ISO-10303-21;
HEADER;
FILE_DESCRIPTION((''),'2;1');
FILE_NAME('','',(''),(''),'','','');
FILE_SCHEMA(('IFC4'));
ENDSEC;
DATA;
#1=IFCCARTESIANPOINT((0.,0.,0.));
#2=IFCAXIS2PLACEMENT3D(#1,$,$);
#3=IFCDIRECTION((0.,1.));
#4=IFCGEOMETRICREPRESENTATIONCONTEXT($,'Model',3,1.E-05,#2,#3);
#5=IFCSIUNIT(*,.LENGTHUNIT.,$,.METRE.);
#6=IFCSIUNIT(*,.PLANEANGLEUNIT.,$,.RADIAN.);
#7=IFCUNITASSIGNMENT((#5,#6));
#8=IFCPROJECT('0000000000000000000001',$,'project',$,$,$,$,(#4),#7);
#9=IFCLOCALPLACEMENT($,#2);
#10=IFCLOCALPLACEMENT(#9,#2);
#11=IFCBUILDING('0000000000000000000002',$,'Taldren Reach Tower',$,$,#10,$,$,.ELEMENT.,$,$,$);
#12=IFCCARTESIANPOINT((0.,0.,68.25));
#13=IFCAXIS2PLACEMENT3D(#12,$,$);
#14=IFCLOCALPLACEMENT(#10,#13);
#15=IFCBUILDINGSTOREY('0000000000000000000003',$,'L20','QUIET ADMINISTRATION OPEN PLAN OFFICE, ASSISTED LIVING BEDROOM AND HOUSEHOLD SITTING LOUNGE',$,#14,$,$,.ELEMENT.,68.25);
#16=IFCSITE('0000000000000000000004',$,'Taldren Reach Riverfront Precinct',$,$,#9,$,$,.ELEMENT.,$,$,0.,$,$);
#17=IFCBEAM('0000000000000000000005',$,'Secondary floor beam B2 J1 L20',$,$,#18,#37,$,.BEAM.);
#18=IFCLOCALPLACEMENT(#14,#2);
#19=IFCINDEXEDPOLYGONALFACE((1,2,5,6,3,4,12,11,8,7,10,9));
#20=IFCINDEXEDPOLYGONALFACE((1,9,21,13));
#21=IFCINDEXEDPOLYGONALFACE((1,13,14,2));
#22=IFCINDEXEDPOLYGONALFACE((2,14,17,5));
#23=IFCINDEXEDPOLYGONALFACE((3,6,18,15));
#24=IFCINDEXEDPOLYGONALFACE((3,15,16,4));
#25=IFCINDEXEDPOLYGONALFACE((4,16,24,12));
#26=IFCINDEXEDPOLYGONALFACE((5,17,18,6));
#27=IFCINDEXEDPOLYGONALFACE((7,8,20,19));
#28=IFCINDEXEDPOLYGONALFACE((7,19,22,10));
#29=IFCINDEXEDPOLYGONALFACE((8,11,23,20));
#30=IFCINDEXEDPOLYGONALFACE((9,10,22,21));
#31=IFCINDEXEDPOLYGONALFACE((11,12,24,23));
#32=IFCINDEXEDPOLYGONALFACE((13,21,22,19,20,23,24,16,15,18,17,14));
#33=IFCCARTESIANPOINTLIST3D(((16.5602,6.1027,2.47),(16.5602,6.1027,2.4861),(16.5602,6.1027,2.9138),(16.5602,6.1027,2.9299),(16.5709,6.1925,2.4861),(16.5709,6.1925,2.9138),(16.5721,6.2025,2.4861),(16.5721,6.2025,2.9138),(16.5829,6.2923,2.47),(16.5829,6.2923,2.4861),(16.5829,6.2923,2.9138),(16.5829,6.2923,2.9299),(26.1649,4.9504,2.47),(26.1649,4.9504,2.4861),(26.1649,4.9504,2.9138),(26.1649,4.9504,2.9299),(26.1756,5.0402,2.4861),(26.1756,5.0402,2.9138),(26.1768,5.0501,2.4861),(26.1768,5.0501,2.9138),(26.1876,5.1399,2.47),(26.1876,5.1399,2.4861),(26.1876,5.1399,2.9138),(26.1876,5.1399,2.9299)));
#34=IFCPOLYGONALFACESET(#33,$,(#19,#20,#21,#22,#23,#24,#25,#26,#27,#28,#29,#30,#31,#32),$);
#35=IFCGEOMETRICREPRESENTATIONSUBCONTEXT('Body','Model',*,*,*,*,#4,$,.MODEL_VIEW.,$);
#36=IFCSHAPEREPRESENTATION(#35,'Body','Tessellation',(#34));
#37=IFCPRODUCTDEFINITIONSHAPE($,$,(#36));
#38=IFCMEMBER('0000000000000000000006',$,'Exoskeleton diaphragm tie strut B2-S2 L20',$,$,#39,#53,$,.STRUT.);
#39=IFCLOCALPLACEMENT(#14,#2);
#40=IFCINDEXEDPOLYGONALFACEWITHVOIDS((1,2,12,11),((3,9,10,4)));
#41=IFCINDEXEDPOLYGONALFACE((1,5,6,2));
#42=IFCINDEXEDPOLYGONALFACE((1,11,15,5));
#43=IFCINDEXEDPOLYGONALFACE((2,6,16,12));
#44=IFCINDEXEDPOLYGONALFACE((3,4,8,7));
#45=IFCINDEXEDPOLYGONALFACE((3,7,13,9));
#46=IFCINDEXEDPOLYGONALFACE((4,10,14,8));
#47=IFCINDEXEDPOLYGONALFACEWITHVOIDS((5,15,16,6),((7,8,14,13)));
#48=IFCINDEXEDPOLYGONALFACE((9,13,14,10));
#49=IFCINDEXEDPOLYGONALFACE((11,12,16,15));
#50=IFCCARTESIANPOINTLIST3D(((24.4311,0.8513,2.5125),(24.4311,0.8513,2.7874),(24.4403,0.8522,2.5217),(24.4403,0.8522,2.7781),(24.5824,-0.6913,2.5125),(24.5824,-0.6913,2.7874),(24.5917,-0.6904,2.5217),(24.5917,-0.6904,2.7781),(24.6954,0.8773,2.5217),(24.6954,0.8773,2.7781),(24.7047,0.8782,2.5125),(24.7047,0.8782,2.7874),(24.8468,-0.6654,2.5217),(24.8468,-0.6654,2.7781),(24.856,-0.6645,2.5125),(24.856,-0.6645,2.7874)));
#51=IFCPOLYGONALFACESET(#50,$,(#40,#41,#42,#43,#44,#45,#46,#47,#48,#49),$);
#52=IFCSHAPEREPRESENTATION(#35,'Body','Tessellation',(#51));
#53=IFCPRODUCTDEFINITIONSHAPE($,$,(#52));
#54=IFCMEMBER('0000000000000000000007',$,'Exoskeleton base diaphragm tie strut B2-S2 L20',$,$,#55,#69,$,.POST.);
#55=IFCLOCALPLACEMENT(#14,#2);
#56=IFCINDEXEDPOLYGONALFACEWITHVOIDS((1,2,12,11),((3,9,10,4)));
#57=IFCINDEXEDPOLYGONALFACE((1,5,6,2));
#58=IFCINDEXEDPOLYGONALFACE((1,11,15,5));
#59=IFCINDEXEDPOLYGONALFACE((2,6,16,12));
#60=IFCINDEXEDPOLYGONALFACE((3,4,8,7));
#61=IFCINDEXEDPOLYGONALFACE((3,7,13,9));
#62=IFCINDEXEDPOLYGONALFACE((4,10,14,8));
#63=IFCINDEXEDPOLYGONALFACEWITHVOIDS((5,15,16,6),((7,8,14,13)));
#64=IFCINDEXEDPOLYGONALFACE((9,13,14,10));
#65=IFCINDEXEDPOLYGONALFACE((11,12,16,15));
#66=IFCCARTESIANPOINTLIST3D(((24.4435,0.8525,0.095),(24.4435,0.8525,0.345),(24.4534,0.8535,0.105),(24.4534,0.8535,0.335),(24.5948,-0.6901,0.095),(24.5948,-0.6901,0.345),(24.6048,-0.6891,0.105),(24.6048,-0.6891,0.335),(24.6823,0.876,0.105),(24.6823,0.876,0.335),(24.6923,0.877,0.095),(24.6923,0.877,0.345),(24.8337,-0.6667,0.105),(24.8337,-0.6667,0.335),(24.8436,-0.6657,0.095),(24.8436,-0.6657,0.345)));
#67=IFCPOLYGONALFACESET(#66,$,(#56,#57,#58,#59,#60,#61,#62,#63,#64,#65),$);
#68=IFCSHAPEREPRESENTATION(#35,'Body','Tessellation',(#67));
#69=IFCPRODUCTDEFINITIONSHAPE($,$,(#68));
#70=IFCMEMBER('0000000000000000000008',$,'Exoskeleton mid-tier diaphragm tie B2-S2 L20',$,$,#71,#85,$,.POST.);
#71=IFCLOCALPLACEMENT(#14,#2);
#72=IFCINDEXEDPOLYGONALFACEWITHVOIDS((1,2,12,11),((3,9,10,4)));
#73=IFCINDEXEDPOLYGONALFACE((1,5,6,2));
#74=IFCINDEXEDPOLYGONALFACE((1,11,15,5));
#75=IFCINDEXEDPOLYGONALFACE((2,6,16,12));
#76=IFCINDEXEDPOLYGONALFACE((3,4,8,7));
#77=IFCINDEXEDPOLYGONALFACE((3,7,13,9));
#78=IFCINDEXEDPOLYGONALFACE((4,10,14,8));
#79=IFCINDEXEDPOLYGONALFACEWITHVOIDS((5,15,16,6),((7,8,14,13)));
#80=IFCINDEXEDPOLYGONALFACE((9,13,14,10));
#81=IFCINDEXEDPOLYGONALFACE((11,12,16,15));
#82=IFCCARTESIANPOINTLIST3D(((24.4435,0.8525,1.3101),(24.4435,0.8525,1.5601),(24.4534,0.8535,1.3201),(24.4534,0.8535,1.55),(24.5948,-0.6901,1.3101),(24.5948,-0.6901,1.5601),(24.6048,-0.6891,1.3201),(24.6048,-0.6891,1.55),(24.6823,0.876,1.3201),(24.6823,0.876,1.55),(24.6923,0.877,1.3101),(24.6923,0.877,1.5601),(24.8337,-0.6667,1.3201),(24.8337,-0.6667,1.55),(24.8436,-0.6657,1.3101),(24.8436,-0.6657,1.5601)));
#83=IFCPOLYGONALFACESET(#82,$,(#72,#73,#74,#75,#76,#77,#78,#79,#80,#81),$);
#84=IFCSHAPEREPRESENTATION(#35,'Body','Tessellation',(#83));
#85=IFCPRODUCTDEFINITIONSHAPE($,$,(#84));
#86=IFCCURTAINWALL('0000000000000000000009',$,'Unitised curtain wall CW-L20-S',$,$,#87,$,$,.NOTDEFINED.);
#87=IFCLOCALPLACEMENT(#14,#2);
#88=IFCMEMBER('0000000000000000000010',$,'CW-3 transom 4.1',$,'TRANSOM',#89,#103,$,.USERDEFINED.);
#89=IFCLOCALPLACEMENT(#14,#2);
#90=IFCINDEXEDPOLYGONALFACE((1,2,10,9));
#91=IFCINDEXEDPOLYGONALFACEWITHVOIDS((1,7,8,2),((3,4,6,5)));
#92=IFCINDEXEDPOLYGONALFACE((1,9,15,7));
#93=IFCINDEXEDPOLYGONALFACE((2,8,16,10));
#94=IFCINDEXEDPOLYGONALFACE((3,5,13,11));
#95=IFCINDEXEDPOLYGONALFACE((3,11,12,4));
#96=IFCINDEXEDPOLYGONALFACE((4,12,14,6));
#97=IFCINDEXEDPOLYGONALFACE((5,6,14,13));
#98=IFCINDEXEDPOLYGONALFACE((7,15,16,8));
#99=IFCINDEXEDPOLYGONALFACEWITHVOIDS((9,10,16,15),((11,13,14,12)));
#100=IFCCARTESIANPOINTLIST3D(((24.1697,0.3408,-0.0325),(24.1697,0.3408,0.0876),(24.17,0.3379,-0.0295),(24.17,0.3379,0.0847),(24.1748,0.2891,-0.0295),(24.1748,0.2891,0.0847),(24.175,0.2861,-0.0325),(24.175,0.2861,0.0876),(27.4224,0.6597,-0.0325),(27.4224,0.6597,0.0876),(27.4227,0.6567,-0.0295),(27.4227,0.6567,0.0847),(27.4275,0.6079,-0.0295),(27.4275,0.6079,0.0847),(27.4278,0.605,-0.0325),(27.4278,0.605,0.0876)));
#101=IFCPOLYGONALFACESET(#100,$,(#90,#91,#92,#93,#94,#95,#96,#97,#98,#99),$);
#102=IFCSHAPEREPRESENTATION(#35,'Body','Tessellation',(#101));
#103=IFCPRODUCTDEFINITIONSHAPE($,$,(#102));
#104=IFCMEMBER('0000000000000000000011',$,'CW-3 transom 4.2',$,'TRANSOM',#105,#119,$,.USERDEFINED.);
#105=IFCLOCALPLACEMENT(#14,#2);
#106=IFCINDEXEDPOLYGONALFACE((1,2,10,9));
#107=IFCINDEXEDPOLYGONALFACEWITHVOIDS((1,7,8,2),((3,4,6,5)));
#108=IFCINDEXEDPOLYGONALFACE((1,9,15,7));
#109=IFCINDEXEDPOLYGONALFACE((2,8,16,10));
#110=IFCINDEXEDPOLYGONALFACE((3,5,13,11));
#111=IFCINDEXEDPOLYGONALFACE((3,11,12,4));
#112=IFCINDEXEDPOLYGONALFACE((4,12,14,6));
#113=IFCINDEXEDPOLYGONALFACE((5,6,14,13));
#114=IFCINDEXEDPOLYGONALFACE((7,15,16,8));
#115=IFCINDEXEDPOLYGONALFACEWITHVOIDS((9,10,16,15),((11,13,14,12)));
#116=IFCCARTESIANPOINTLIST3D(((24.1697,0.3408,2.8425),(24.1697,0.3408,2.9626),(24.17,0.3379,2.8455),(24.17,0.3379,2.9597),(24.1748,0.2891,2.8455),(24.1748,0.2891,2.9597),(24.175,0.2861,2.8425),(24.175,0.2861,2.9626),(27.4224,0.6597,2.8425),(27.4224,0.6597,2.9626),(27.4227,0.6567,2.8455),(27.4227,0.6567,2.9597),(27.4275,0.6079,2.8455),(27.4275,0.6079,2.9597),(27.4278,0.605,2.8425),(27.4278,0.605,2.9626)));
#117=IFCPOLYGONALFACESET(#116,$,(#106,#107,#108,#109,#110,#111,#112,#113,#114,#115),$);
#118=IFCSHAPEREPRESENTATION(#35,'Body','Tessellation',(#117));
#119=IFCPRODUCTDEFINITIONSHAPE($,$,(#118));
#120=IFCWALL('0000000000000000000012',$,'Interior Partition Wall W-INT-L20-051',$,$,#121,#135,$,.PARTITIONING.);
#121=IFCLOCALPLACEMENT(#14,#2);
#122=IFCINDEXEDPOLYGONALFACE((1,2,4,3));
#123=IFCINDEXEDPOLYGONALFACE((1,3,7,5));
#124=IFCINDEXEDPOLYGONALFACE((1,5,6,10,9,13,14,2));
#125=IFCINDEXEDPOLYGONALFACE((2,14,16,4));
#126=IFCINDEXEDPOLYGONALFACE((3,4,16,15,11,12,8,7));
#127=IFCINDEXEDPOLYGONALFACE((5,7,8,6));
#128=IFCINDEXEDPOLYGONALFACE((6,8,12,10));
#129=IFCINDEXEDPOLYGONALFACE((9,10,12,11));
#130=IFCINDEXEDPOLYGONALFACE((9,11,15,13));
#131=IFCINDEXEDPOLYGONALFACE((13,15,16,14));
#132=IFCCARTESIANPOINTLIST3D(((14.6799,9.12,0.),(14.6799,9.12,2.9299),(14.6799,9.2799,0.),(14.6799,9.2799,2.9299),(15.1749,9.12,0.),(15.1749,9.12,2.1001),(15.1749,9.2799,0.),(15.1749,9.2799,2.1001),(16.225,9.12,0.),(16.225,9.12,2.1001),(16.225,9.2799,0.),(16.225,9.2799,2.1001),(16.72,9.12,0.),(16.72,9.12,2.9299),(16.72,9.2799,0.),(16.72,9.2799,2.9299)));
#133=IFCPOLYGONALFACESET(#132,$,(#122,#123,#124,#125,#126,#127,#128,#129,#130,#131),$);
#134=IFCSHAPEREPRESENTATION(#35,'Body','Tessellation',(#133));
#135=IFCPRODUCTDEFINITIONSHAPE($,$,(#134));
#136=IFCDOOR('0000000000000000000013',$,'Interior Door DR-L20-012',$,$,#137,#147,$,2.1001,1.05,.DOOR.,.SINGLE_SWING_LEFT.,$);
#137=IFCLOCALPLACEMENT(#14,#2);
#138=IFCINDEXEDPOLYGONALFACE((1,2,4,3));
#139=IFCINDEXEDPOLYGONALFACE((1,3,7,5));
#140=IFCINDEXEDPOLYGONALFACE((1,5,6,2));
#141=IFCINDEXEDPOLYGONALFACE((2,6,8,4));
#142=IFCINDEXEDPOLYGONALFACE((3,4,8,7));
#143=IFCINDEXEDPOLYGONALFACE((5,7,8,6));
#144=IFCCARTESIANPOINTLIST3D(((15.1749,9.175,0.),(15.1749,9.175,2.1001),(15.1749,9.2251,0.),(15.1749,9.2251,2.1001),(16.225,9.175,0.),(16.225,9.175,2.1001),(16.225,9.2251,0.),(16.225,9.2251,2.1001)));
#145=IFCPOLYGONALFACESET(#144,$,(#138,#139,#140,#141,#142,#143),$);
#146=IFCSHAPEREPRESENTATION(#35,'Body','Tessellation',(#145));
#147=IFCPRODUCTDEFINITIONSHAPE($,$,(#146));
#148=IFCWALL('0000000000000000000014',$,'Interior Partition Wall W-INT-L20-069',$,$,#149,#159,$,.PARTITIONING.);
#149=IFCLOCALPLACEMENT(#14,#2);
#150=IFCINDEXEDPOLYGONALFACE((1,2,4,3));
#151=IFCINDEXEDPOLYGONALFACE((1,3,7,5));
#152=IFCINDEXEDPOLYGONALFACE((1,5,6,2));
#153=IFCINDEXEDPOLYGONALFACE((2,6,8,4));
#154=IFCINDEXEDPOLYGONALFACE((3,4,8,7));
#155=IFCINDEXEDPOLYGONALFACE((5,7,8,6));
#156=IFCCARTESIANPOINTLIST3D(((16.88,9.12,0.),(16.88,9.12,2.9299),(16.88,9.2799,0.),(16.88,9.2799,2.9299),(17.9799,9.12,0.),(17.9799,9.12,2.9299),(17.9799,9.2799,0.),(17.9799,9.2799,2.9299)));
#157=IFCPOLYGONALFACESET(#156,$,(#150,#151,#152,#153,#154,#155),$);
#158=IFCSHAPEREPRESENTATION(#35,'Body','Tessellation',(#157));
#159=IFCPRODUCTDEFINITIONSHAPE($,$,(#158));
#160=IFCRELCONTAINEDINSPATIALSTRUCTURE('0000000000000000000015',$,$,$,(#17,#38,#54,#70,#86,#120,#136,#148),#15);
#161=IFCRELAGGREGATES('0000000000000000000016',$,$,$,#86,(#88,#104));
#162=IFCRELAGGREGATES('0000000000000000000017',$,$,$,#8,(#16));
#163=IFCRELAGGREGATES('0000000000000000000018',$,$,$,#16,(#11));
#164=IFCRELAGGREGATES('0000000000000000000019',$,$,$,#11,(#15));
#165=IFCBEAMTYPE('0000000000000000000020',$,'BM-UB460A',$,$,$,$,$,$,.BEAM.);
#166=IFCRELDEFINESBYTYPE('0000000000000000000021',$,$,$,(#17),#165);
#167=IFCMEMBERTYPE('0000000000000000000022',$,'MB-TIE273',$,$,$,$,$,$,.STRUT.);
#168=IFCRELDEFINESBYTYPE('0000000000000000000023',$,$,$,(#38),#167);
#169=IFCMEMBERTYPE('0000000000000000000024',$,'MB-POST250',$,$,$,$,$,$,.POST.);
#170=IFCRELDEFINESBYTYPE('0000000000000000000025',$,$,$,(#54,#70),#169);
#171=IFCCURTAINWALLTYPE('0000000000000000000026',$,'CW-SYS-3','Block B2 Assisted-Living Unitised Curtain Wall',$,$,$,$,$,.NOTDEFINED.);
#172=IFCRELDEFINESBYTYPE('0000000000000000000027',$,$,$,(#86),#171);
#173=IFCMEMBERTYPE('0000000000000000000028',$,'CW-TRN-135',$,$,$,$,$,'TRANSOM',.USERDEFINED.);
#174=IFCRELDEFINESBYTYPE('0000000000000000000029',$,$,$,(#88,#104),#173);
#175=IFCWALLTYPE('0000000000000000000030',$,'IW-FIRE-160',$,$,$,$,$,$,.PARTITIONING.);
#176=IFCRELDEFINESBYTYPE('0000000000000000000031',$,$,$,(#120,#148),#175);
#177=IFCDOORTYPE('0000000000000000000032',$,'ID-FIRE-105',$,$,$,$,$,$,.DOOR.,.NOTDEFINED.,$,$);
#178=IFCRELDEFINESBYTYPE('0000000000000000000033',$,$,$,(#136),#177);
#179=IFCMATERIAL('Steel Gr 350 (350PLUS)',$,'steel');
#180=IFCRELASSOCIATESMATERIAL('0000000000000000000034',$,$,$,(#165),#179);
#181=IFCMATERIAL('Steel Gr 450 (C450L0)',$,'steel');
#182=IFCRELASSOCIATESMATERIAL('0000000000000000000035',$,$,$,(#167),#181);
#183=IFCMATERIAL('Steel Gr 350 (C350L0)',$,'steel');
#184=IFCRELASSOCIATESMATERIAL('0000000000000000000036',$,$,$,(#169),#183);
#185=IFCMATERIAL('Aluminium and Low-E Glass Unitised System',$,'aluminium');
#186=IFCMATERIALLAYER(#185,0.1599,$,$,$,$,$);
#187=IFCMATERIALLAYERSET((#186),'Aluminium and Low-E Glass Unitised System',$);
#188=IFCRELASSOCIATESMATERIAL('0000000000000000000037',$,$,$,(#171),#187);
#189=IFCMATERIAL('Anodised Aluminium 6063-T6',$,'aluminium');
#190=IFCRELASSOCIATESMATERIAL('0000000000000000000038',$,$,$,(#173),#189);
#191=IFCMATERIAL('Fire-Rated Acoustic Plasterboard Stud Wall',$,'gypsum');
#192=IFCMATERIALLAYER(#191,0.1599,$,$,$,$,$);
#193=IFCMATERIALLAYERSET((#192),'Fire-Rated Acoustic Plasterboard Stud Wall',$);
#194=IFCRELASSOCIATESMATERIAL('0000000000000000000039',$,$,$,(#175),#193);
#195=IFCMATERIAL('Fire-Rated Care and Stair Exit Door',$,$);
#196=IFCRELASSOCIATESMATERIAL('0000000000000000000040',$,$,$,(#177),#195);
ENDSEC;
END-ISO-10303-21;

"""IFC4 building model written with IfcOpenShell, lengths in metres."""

from ifc_helpers import new_model, si_unit, direction, frame, frame_2d, origin, origin_2d, place, context, subcontext, project, spatial, rectangle, hollow_rectangle, i_section, extrude, source, transform, mapped, material, layer, layer_set, material_profile, profile_set, type_object, element, fill, aggregate, save


model = new_model("IFC4")

# Units and contexts
model_context = context("Model", 3, precision=1e-05, world=origin(), true_north=direction((0.0, 1.0)))
body_context = subcontext(model_context, "Body", "Model", "MODEL_VIEW")
ifc_project = project(units=[si_unit("LENGTHUNIT", "METRE"), si_unit("PLANEANGLEUNIT", "RADIAN")], contexts=[model_context])

# Site, building, storey
site_placement = place(None, origin())
site = spatial("IfcSite", under=ifc_project, at=site_placement, Name="Taldren Reach Riverfront Precinct", CompositionType="ELEMENT", RefElevation=0.0)
building_placement = place(site_placement, origin())
building = spatial("IfcBuilding", under=site, at=building_placement, Name="Taldren Reach Tower", CompositionType="ELEMENT")
storey_placement = place(building_placement, frame((0.0, 0.0, 68.25)))
storey = spatial("IfcBuildingStorey", under=building, at=storey_placement, Name="L20", Description="QUIET ADMINISTRATION OPEN PLAN OFFICE, ASSISTED LIVING BEDROOM AND HOUSEHOLD SITTING LOUNGE", CompositionType="ELEMENT", Elevation=68.25)

# Shared definitions
ifc_material_1 = material(Name="Steel Gr 350 (350PLUS)", Category="steel")

# Beam
ifc_material_profile_1 = material_profile(ifc_material_1, i_section(OverallWidth=0.1909, OverallDepth=0.46, WebThickness=0.01, FlangeThickness=0.0161, at=origin_2d()), Name="460UB82.1")
ifc_profile_set_1 = profile_set([ifc_material_profile_1], Name="Steel Gr 350 (350PLUS)")
beam_type_1 = type_object("IfcBeamType", Name="BM-UB460A", PredefinedType="BEAM", material=ifc_profile_set_1)
shared_shape_1 = source(origin(), body_context, "Body", "SweptSolid", [
    extrude(i_section(OverallWidth=0.1909, OverallDepth=0.46, WebThickness=0.01, FlangeThickness=0.0161, at=origin_2d()), origin(), (0.0, 0.0, 1.0), 9.6736),
])
beam_1_placement = place(storey_placement, frame((16.5715, 6.1975, 2.7), z_axis=(0.99288, -0.119122, 0.0), x_axis=(0.119122, 0.99288, 0.0)))
element("IfcBeam", 1, at=beam_1_placement, inside=storey, type_object=beam_type_1, Name="Secondary floor beam B2 J1 L20", PredefinedType="BEAM", context=body_context, shape_type="MappedRepresentation", body=[
    mapped(shared_shape_1, transform((0.0, 0.0, 0.0), scale=1.0)),
])

# Members
ifc_material_2 = material(Name="Steel Gr 450 (C450L0)", Category="steel")
ifc_material_profile_2 = material_profile(ifc_material_2, hollow_rectangle(XDim=0.2749, YDim=0.2749, WallThickness=0.0093, at=origin_2d()), Name="275x275x9.3SHS")
ifc_profile_set_2 = profile_set([ifc_material_profile_2], Name="Steel Gr 450 (C450L0)")
member_type_1 = type_object("IfcMemberType", Name="MB-TIE273", PredefinedType="STRUT", material=ifc_profile_set_2)
shared_shape_2 = source(origin(), body_context, "Body", "SweptSolid", [
    extrude(hollow_rectangle(XDim=0.2749, YDim=0.2749, WallThickness=0.0093, at=origin_2d()), origin(), (0.0, 0.0, 1.0), 1.55),
])
member_1_placement = place(storey_placement, frame((24.5679, 0.8647, 2.6499), z_axis=(0.097648, -0.995221, 0.0), x_axis=(0.995221, 0.097648, 0.0)))
element("IfcMember", 2, at=member_1_placement, inside=storey, type_object=member_type_1, Name="Exoskeleton diaphragm tie strut B2-S2 L20", PredefinedType="STRUT", context=body_context, shape_type="MappedRepresentation", body=[
    mapped(shared_shape_2, transform((0.0, 0.0, 0.0), scale=1.0)),
])
ifc_material_3 = material(Name="Steel Gr 350 (C350L0)", Category="steel")
ifc_material_profile_3 = material_profile(ifc_material_3, hollow_rectangle(XDim=0.25, YDim=0.25, WallThickness=0.01, at=origin_2d()), Name="250x250x10.0SHS")
ifc_profile_set_3 = profile_set([ifc_material_profile_3], Name="Steel Gr 350 (C350L0)")
member_type_2 = type_object("IfcMemberType", Name="MB-POST250", PredefinedType="POST", material=ifc_profile_set_3)
shared_shape_3 = source(origin(), body_context, "Body", "SweptSolid", [
    extrude(hollow_rectangle(XDim=0.25, YDim=0.25, WallThickness=0.01, at=origin_2d()), origin(), (0.0, 0.0, 1.0), 1.55),
])
for number, where, z_axis, x_axis, name in (
    (3, (24.5679, 0.8647, 0.22), (0.097648, -0.995221, 0.0), (0.995221, 0.097648, 0.0), "Exoskeleton base diaphragm tie strut B2-S2 L20"),
    (4, (24.5679, 0.8647, 1.4351), (0.097648, -0.995221, 0.0), (0.995221, 0.097648, 0.0), "Exoskeleton mid-tier diaphragm tie B2-S2 L20"),
):
    element("IfcMember", number, at=place(storey_placement, frame(where, z_axis=z_axis, x_axis=x_axis)), inside=storey, type_object=member_type_2, Name=name, PredefinedType="POST", context=body_context, shape_type="MappedRepresentation", body=[
        mapped(shared_shape_3, transform((0.0, 0.0, 0.0), scale=1.0)),
    ])

# Curtain wall, members
ifc_material_4 = material(Name="Aluminium and Low-E Glass Unitised System", Category="aluminium")
ifc_layer_1 = layer(ifc_material_4, 0.1599)
ifc_layer_set_1 = layer_set([ifc_layer_1], Name="Aluminium and Low-E Glass Unitised System")
curtain_wall_type = type_object("IfcCurtainWallType", Name="CW-SYS-3", Description="Block B2 Assisted-Living Unitised Curtain Wall", PredefinedType="NOTDEFINED", material=ifc_layer_set_1)
curtain_wall_placement = place(storey_placement, origin())
curtain_wall = element("IfcCurtainWall", 5, at=curtain_wall_placement, inside=storey, type_object=curtain_wall_type, Name="Unitised curtain wall CW-L20-S", PredefinedType="NOTDEFINED")
ifc_material_5 = material(Name="Anodised Aluminium 6063-T6", Category="aluminium")
ifc_material_profile_4 = material_profile(ifc_material_5, hollow_rectangle(XDim=0.0549, YDim=0.1201, WallThickness=0.0029, at=origin_2d()), Name="ALU-120x55x3RHS")
ifc_profile_set_4 = profile_set([ifc_material_profile_4], Name="Anodised Aluminium 6063-T6")
member_type_3 = type_object("IfcMemberType", Name="CW-TRN-135", ElementType="TRANSOM", PredefinedType="USERDEFINED", material=ifc_profile_set_4)
shared_shape_4 = source(origin(), body_context, "Body", "SweptSolid", [
    extrude(hollow_rectangle(XDim=0.0549, YDim=0.1201, WallThickness=0.0029, at=origin_2d()), origin(), (0.0, 0.0, 1.0), 3.2683),
])
member_2_placement = place(storey_placement, frame((24.1724, 0.3135, 0.0276), z_axis=(0.99523, 0.097558, 0.0), x_axis=(-0.097558, 0.99523, 0.0)))
member_2 = element("IfcMember", 6, at=member_2_placement, type_object=member_type_3, Name="CW-3 transom 4.1", ObjectType="TRANSOM", PredefinedType="USERDEFINED", context=body_context, shape_type="MappedRepresentation", body=[
    mapped(shared_shape_4, transform((0.0, 0.0, 0.0), scale=1.0)),
])
member_3_placement = place(storey_placement, frame((24.1724, 0.3135, 2.9026), z_axis=(0.99523, 0.097558, 0.0), x_axis=(-0.097558, 0.99523, 0.0)))
member_3 = element("IfcMember", 7, at=member_3_placement, type_object=member_type_3, Name="CW-3 transom 4.2", ObjectType="TRANSOM", PredefinedType="USERDEFINED", context=body_context, shape_type="MappedRepresentation", body=[
    mapped(shared_shape_4, transform((0.0, 0.0, 0.0), scale=1.0)),
])
aggregate(curtain_wall, [member_2, member_3])

# Wall, opening, door
ifc_material_6 = material(Name="Fire-Rated Acoustic Plasterboard Stud Wall", Category="gypsum")
ifc_layer_2 = layer(ifc_material_6, 0.1599)
ifc_layer_set_2 = layer_set([ifc_layer_2], Name="Fire-Rated Acoustic Plasterboard Stud Wall")
wall_type_1 = type_object("IfcWallType", Name="IW-FIRE-160", PredefinedType="PARTITIONING", material=ifc_layer_set_2)
shared_shape_5 = source(origin(), body_context, "Body", "SweptSolid", [
    extrude(rectangle(XDim=2.04, YDim=0.1599, at=frame_2d((1.02, 0.0))), origin(), (0.0, 0.0, 1.0), 2.9299),
])
wall_1_placement = place(storey_placement, frame((16.72, 9.2, 0.0), z_axis=(0.0, 0.0, 1.0), x_axis=(-1.0, 0.0, 0.0)))
wall_1 = element("IfcWall", 8, at=wall_1_placement, inside=storey, type_object=wall_type_1, Name="Interior Partition Wall W-INT-L20-051", PredefinedType="PARTITIONING", context=body_context, shape_type="MappedRepresentation", body=[
    mapped(shared_shape_5, transform((0.0, 0.0, 0.0), scale=1.0)),
])
shared_shape_6 = source(origin(), body_context, "Body", "SweptSolid", [
    extrude(rectangle(XDim=1.05, YDim=2.1001, at=frame_2d((0.5249, 1.05))), frame((0.0, 0.0898, 0.0), z_axis=(0.0, -1.0, 0.0), x_axis=(1.0, 0.0, 0.0)), (0.0, 0.0, 1.0), 0.1799),
])
opening_1_placement = place(wall_1_placement, frame((0.4951, 0.0, 0.0)))
opening_1 = element("IfcOpeningElement", 9, at=opening_1_placement, cuts=wall_1, PredefinedType="OPENING", context=body_context, shape_type="MappedRepresentation", body=[
    mapped(shared_shape_6, transform((0.0, 0.0, 0.0), scale=1.0)),
])
ifc_material_7 = material(Name="Fire-Rated Care and Stair Exit Door")
door_type_1 = type_object("IfcDoorType", Name="ID-FIRE-105", OperationType="NOTDEFINED", PredefinedType="DOOR", material=ifc_material_7)
shared_shape_7 = source(origin(), body_context, "Body", "SweptSolid", [
    extrude(rectangle(XDim=1.05, YDim=2.1001, at=frame_2d((0.5249, 1.05))), frame((0.0, 0.0249, 0.0), z_axis=(0.0, -1.0, 0.0), x_axis=(1.0, 0.0, 0.0)), (0.0, 0.0, 1.0), 0.05),
])
door_1_placement = place(opening_1_placement, origin())
door_1 = element("IfcDoor", 10, at=door_1_placement, inside=storey, type_object=door_type_1, Name="Interior Door DR-L20-012", OperationType="SINGLE_SWING_LEFT", OverallHeight=2.1001, OverallWidth=1.05, PredefinedType="DOOR", context=body_context, shape_type="MappedRepresentation", body=[
    mapped(shared_shape_7, transform((0.0, 0.0, 0.0), scale=1.0)),
])
fill(opening_1, door_1)

# Wall
shared_shape_8 = source(origin(), body_context, "Body", "SweptSolid", [
    extrude(rectangle(XDim=1.0999, YDim=0.1599, at=frame_2d((0.5498, 0.0))), origin(), (0.0, 0.0, 1.0), 2.9299),
])
wall_2_placement = place(storey_placement, frame((17.9797, 9.2, 0.0), z_axis=(0.0, 0.0, 1.0), x_axis=(-1.0, 0.0, 0.0)))
element("IfcWall", 11, at=wall_2_placement, inside=storey, type_object=wall_type_1, Name="Interior Partition Wall W-INT-L20-069", PredefinedType="PARTITIONING", context=body_context, shape_type="MappedRepresentation", body=[
    mapped(shared_shape_8, transform((0.0, 0.0, 0.0), scale=1.0)),
])

save(model, "model.ifc")
